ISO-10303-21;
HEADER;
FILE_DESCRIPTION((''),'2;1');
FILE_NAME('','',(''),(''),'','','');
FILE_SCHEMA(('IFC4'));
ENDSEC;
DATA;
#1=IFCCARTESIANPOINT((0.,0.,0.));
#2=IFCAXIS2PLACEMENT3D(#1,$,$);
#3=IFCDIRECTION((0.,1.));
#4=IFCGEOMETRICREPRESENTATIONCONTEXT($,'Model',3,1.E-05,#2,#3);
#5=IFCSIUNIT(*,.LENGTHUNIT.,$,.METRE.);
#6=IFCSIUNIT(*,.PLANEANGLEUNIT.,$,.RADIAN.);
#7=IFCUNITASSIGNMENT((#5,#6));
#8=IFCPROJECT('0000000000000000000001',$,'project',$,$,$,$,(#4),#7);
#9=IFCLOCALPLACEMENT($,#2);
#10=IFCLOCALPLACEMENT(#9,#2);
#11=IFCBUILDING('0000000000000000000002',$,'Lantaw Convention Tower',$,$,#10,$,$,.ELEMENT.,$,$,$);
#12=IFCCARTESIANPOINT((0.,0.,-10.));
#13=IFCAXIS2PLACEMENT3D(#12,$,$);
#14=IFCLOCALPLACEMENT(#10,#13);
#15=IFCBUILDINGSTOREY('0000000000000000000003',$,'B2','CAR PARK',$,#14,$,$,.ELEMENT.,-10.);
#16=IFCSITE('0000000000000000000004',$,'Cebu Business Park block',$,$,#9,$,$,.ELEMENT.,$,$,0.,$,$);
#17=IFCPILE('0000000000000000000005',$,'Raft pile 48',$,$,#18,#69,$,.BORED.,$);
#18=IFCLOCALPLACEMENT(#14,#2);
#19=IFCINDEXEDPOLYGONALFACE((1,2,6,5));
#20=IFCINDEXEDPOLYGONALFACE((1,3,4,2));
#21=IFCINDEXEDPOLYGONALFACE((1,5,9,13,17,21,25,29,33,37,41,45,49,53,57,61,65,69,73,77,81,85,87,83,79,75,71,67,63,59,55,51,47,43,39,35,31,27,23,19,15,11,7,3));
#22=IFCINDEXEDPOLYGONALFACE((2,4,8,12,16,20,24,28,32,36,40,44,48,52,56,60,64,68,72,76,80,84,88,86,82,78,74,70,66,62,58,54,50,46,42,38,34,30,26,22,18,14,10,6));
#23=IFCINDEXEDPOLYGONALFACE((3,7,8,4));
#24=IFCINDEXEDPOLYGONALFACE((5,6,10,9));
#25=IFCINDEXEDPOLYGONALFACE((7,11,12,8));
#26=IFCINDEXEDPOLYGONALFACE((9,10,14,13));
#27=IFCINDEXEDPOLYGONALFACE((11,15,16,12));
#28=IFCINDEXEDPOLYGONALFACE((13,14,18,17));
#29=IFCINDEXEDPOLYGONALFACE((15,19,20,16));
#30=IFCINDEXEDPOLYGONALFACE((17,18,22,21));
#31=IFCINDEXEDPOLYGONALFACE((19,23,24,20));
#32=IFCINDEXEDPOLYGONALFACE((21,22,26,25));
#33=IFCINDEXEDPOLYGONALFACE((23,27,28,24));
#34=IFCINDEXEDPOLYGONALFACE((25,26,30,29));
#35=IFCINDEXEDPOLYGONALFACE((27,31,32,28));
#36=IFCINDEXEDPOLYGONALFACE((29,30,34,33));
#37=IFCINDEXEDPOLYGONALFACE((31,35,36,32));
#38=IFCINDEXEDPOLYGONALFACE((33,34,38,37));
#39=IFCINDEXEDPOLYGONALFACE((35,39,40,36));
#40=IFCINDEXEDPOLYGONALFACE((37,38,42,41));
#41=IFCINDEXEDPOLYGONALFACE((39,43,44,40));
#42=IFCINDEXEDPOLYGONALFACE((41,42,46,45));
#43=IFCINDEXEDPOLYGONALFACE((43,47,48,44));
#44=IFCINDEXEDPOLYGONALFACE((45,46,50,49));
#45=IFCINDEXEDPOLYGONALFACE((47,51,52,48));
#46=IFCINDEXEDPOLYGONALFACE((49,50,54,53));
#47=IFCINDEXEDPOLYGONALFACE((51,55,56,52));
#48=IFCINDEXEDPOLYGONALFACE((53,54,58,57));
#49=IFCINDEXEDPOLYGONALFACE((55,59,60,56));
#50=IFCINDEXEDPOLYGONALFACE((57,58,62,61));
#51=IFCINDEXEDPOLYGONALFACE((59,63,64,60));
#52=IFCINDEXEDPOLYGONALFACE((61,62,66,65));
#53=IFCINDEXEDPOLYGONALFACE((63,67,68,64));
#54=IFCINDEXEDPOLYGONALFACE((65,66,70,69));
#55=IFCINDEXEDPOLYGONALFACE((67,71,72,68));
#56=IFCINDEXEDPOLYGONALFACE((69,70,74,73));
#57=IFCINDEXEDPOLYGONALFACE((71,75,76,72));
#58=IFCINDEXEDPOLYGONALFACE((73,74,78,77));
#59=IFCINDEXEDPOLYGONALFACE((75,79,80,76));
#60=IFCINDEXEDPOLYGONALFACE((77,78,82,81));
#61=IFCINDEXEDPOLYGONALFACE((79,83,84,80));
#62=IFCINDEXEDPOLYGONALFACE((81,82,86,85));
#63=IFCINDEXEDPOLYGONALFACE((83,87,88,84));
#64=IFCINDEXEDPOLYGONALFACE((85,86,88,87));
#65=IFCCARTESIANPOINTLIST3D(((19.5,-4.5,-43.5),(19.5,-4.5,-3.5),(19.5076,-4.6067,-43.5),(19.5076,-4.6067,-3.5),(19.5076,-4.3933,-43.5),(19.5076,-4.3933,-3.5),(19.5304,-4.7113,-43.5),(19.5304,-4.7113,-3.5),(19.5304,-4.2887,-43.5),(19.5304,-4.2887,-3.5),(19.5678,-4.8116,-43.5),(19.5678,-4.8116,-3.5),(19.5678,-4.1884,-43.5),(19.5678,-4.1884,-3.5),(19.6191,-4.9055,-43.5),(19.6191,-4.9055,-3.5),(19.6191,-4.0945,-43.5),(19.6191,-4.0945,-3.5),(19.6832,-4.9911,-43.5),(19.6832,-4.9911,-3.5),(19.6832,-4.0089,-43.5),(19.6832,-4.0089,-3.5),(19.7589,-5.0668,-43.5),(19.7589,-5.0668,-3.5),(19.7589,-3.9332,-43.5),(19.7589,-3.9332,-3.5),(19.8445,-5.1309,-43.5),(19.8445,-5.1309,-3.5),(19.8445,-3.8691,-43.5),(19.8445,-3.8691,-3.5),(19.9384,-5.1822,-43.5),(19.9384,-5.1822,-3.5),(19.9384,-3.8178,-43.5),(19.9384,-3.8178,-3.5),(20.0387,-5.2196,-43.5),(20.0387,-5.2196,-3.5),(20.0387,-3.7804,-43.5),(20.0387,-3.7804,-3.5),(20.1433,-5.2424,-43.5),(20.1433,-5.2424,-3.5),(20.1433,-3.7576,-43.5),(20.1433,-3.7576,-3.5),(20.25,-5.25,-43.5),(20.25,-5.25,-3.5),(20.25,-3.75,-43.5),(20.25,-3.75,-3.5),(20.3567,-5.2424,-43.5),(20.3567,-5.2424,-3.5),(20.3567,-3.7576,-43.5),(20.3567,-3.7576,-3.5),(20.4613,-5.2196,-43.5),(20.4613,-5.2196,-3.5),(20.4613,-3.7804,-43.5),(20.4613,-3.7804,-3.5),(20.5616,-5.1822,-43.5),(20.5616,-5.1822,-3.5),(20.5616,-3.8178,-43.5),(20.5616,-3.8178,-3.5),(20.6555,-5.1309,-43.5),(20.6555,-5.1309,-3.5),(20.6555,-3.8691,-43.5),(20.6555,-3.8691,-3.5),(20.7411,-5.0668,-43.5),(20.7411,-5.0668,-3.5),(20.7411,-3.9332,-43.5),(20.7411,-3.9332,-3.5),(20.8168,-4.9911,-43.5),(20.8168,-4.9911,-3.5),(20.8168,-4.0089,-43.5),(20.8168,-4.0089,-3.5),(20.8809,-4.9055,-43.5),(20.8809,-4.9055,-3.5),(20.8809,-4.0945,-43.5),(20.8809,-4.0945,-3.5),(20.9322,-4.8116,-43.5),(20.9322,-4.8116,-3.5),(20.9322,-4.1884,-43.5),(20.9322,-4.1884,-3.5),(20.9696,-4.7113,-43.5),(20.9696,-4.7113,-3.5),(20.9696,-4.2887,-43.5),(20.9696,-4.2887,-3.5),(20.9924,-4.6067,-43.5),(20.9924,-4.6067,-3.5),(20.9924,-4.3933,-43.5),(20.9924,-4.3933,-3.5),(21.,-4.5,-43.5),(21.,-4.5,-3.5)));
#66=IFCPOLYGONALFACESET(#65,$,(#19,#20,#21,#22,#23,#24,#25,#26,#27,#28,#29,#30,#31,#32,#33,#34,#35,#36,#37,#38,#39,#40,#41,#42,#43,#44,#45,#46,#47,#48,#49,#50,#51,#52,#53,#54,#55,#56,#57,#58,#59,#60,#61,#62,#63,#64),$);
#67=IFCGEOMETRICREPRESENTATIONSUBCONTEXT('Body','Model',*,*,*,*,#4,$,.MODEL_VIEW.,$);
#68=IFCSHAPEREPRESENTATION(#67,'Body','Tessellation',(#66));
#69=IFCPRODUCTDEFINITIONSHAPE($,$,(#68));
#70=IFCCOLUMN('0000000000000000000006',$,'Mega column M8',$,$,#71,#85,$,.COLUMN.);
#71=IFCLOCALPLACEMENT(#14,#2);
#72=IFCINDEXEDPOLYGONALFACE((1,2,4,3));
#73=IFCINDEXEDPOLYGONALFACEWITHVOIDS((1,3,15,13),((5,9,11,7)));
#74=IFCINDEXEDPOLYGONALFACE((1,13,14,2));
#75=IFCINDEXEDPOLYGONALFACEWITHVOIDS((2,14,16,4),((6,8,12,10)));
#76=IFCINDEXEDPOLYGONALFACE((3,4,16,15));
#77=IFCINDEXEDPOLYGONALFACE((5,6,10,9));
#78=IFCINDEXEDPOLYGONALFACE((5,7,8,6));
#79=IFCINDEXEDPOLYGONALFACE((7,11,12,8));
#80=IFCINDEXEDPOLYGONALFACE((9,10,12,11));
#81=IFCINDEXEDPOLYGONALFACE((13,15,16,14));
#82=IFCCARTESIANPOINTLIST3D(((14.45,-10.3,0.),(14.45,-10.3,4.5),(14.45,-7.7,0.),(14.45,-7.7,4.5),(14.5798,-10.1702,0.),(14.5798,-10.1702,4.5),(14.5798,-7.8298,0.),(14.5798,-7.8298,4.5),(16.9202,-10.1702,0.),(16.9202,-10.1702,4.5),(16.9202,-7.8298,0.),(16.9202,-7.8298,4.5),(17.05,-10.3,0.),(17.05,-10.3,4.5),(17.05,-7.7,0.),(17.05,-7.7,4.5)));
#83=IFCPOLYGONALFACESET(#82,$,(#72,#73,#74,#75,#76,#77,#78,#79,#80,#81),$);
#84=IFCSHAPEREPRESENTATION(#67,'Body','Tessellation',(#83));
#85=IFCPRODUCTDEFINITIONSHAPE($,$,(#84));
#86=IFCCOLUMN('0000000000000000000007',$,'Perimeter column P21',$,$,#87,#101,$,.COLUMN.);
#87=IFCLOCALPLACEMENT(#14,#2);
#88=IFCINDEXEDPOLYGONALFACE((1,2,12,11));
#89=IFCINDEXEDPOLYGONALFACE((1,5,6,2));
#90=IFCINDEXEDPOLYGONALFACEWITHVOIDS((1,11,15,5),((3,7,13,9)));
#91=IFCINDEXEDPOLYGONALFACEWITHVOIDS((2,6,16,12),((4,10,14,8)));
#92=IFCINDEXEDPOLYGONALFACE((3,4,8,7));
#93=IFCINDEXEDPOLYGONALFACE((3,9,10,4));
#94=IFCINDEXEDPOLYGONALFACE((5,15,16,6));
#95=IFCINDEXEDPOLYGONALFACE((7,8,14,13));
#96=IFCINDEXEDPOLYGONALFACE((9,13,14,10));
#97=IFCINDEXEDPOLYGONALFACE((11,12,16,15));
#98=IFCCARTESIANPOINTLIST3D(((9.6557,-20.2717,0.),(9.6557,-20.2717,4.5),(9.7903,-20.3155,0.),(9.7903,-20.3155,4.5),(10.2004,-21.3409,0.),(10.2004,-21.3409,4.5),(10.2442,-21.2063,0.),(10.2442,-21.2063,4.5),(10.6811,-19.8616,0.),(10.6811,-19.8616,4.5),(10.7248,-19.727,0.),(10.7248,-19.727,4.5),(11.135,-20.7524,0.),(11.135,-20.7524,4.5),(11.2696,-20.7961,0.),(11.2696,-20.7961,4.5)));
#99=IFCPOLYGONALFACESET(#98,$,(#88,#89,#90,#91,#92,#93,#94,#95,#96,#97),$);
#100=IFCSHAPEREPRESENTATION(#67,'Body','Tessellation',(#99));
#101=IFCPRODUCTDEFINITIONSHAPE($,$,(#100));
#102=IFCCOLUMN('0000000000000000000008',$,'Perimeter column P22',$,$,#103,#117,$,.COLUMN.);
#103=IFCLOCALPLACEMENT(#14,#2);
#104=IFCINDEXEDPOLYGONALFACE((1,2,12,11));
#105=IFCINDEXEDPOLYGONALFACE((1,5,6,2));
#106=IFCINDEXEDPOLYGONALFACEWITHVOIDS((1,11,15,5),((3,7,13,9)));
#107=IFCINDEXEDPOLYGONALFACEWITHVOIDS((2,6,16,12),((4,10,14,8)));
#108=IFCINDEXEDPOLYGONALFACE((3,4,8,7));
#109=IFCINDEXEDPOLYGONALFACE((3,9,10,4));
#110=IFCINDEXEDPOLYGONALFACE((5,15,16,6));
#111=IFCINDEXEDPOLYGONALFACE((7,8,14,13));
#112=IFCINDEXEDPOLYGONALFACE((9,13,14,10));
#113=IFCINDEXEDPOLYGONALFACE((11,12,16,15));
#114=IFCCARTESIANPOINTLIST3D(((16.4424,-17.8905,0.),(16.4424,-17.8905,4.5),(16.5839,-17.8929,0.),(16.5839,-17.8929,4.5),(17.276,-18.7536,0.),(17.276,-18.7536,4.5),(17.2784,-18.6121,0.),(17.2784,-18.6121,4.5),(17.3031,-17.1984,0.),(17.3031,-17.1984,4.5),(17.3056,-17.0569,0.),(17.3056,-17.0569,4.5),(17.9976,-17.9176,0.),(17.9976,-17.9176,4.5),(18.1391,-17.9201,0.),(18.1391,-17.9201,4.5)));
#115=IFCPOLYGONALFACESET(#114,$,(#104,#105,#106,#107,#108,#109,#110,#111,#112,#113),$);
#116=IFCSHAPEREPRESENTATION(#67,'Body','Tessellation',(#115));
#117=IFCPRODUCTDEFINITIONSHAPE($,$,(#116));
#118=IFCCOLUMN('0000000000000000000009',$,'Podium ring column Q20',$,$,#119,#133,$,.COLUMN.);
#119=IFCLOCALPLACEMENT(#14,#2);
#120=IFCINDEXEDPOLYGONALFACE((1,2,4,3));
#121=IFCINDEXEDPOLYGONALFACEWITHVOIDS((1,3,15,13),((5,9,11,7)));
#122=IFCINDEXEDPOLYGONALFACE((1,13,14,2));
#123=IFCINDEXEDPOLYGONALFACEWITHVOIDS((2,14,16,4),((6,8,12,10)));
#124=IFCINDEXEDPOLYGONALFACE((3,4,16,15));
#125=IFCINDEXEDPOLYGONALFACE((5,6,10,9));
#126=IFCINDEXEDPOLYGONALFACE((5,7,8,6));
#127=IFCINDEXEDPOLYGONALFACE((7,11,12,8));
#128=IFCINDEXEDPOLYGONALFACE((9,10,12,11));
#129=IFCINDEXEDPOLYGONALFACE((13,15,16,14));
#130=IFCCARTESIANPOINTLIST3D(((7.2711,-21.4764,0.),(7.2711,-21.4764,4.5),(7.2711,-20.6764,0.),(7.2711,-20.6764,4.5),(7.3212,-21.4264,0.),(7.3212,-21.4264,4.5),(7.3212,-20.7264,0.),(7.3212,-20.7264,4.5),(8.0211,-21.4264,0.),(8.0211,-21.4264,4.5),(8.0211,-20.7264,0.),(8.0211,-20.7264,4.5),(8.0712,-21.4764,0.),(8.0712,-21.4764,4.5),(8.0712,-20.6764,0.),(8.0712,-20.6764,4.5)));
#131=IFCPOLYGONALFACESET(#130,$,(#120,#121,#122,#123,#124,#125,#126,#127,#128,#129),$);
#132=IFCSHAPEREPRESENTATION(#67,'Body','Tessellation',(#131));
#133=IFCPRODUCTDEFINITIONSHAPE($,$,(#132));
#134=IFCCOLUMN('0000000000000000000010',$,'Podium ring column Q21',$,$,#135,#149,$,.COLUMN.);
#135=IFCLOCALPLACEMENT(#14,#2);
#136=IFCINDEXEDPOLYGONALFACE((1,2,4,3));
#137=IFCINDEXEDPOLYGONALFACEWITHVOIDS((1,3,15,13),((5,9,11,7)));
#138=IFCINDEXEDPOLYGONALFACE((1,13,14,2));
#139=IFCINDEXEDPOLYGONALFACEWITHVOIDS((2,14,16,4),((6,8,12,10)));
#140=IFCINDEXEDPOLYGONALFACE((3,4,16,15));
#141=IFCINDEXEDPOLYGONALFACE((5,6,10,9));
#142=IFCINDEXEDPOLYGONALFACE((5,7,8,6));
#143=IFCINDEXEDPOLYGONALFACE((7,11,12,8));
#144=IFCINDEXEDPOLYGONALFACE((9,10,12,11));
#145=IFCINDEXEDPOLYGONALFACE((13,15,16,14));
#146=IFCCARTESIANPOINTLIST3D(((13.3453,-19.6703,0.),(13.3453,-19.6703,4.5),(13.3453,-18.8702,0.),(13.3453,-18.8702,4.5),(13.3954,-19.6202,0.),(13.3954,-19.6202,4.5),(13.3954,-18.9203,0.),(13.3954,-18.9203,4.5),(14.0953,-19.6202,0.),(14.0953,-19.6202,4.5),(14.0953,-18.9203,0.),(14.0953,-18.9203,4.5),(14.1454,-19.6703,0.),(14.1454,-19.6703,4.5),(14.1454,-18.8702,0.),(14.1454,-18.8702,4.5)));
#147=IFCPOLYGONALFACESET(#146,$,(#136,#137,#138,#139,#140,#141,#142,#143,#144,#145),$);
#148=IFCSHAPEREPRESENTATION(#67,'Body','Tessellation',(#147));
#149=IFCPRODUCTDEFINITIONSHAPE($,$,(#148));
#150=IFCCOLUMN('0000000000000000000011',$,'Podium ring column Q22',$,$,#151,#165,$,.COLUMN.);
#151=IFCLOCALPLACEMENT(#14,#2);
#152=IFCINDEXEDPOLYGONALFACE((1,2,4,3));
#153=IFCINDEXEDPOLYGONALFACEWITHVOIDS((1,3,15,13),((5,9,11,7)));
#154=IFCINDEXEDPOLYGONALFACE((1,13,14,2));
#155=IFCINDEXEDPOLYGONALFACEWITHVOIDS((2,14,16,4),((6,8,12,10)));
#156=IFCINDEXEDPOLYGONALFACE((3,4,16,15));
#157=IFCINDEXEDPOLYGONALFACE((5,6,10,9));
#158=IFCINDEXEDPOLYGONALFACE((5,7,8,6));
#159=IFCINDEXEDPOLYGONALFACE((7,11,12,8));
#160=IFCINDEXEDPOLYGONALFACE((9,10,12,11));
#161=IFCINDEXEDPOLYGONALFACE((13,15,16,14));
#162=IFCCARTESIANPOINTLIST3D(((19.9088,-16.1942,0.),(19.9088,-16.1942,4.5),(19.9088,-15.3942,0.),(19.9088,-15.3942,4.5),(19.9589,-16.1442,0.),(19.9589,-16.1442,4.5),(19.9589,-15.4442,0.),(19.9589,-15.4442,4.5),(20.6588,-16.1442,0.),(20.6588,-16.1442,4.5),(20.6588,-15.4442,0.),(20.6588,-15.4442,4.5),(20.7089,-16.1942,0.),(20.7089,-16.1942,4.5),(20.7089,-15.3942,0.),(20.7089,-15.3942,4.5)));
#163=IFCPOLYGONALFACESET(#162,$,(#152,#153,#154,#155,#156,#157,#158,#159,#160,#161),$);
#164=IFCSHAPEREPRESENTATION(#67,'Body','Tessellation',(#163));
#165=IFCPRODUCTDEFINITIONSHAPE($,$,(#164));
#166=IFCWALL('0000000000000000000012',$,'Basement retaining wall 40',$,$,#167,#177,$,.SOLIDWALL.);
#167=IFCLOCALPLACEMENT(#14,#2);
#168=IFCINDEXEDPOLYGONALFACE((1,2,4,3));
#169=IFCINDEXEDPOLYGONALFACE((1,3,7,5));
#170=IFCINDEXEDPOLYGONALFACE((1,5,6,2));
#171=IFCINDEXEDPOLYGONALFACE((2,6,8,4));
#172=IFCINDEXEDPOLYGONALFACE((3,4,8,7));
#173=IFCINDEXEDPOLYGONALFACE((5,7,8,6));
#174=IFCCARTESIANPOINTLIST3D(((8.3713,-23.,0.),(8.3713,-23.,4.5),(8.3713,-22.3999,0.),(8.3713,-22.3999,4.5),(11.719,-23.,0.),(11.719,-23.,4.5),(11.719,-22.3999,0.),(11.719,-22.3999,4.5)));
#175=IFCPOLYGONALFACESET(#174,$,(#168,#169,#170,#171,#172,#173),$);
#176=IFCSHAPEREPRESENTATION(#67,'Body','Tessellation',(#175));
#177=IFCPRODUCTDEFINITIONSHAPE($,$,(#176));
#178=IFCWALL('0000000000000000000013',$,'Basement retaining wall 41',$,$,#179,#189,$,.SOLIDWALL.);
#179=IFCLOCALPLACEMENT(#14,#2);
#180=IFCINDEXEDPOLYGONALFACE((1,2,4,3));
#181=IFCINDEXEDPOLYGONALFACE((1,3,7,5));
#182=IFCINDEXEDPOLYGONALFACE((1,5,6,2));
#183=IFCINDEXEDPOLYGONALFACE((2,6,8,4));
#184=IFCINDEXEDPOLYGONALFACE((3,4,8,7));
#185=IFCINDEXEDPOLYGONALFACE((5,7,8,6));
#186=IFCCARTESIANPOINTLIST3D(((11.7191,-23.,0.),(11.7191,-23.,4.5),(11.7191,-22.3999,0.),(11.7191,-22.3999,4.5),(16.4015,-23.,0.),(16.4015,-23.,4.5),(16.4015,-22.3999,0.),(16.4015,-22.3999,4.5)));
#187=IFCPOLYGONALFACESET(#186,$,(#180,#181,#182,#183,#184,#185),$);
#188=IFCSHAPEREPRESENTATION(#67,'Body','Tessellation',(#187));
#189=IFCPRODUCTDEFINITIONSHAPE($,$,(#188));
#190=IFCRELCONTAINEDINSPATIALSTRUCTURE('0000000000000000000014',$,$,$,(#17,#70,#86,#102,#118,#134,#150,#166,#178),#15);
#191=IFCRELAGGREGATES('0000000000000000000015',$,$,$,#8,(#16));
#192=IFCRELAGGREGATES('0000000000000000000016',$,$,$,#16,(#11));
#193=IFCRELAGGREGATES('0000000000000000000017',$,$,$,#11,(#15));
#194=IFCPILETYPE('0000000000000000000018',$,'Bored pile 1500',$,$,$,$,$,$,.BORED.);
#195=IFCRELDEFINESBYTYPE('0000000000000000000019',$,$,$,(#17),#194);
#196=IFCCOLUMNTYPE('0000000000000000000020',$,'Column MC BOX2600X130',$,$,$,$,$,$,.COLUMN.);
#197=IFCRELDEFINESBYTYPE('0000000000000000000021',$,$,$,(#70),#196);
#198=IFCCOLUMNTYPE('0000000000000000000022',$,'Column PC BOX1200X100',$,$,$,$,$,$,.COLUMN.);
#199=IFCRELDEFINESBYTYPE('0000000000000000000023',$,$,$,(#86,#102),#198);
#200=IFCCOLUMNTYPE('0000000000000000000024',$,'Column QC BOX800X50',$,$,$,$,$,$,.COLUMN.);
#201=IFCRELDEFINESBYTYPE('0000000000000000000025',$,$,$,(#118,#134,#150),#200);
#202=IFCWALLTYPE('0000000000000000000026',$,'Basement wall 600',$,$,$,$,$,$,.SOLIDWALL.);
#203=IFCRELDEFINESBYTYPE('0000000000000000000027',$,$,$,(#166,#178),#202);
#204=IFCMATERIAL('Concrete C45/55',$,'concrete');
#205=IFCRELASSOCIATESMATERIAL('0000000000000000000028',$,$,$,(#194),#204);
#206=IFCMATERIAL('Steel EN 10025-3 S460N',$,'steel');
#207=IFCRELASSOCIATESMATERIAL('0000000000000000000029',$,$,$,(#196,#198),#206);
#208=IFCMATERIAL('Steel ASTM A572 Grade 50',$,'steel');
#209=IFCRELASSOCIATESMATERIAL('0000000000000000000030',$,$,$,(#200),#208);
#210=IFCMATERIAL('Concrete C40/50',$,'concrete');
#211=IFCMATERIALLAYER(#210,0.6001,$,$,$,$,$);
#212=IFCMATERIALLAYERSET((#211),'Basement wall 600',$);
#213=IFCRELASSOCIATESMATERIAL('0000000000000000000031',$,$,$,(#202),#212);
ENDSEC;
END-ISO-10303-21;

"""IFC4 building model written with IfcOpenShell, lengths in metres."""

from ifc_helpers import new_model, si_unit, direction, frame, frame_2d, origin, origin_2d, place, context, subcontext, project, spatial, rectangle, hollow_rectangle, circle, extrude, material, layer, layer_set, material_profile, profile_set, type_object, element, save


model = new_model("IFC4")

# Units and contexts
model_context = context("Model", 3, precision=1e-05, world=origin(), true_north=direction((0.0, 1.0)))
body_context = subcontext(model_context, "Body", "Model", "MODEL_VIEW")
ifc_project = project(units=[si_unit("LENGTHUNIT", "METRE"), si_unit("PLANEANGLEUNIT", "RADIAN")], contexts=[model_context])

# Site, building, storey
site_placement = place(None, origin())
site = spatial("IfcSite", under=ifc_project, at=site_placement, Name="Cebu Business Park block", CompositionType="ELEMENT", RefElevation=0.0)
building_placement = place(site_placement, origin())
building = spatial("IfcBuilding", under=site, at=building_placement, Name="Lantaw Convention Tower", CompositionType="ELEMENT")
storey_placement = place(building_placement, frame((0.0, 0.0, -10.0)))
storey = spatial("IfcBuildingStorey", under=building, at=storey_placement, Name="B2", Description="CAR PARK", CompositionType="ELEMENT", Elevation=-10.0)

# Pile
ifc_material_1 = material(Name="Concrete C45/55", Category="concrete")
ifc_material_profile_1 = material_profile(ifc_material_1, circle(Radius=0.75, at=origin_2d()), Name="Bored pile 1500")
ifc_profile_set_1 = profile_set([ifc_material_profile_1], Name="Concrete C45/55")
pile_type_1 = type_object("IfcPileType", Name="Bored pile 1500", PredefinedType="BORED", material=ifc_profile_set_1)
for number, where, z_axis, x_axis, name in (
    (1, (20.25, -4.5, -3.5), (0.0, 0.0, -1.0), (1.0, 0.0, 0.0), "Raft pile 48"),
):
    element("IfcPile", number, at=place(storey_placement, frame(where, z_axis=z_axis, x_axis=x_axis)), inside=storey, type_object=pile_type_1, Name=name, PredefinedType="BORED", context=body_context, shape_type="SweptSolid", body=[
        extrude(circle(Radius=0.75, at=origin_2d()), origin(), (0.0, 0.0, 1.0), 40.0),
    ])

# Columns
ifc_material_2 = material(Name="Steel EN 10025-3 S460N", Category="steel")
ifc_material_profile_2 = material_profile(ifc_material_2, hollow_rectangle(XDim=2.6001, YDim=2.6001, WallThickness=0.1299, at=origin_2d()), Name="BOX2600X130")
ifc_material_3 = material(Name="Concrete C60/75", Category="concrete")
ifc_material_profile_3 = material_profile(ifc_material_3, rectangle(XDim=2.3401, YDim=2.3401, at=origin_2d()), Name="Concrete fill of BOX2600X130")
ifc_profile_set_2 = profile_set([ifc_material_profile_2, ifc_material_profile_3], Name="Steel EN 10025-3 S460N")
column_type_1 = type_object("IfcColumnType", Name="Column MC BOX2600X130", PredefinedType="COLUMN", material=ifc_profile_set_2)
column_placement = place(storey_placement, frame((15.75, -9.0, 0.0), z_axis=(0.0, 0.0, 1.0), x_axis=(1.0, 0.0, 0.0)))
element("IfcColumn", 2, at=column_placement, inside=storey, type_object=column_type_1, Name="Mega column M8", PredefinedType="COLUMN", context=body_context, shape_type="SweptSolid", body=[
    extrude(hollow_rectangle(XDim=2.6001, YDim=2.6001, WallThickness=0.1299, at=origin_2d()), origin(), (0.0, 0.0, 1.0), 4.5),
])
ifc_material_profile_4 = material_profile(ifc_material_2, hollow_rectangle(XDim=1.2, YDim=1.2, WallThickness=0.1001, at=origin_2d()), Name="BOX1200X100")
ifc_material_profile_5 = material_profile(ifc_material_3, rectangle(XDim=1.0, YDim=1.0, at=origin_2d()), Name="Concrete fill of BOX1200X100")
ifc_profile_set_3 = profile_set([ifc_material_profile_4, ifc_material_profile_5], Name="Steel EN 10025-3 S460N")
column_type_2 = type_object("IfcColumnType", Name="Column PC BOX1200X100", PredefinedType="COLUMN", material=ifc_profile_set_3)
for number, where, z_axis, x_axis, name in (
    (3, (10.4626, -20.5339, 0.0), (0.0, 0.0, 1.0), (0.891007, 0.45399, 0.0), "Perimeter column P21"),
    (4, (17.2908, -17.9053, 0.0), (0.0, 0.0, 1.0), (0.71934, 0.694658, 0.0), "Perimeter column P22"),
):
    element("IfcColumn", number, at=place(storey_placement, frame(where, z_axis=z_axis, x_axis=x_axis)), inside=storey, type_object=column_type_2, Name=name, PredefinedType="COLUMN", context=body_context, shape_type="SweptSolid", body=[
        extrude(hollow_rectangle(XDim=1.2, YDim=1.2, WallThickness=0.1001, at=origin_2d()), origin(), (0.0, 0.0, 1.0), 4.5),
    ])
ifc_material_4 = material(Name="Steel ASTM A572 Grade 50", Category="steel")
ifc_material_profile_6 = material_profile(ifc_material_4, hollow_rectangle(XDim=0.8, YDim=0.8, WallThickness=0.05, at=origin_2d()), Name="BOX800X50")
ifc_profile_set_4 = profile_set([ifc_material_profile_6], Name="Steel ASTM A572 Grade 50")
column_type_3 = type_object("IfcColumnType", Name="Column QC BOX800X50", PredefinedType="COLUMN", material=ifc_profile_set_4)
for number, where, z_axis, x_axis, name in (
    (5, (7.6711, -21.0764, 0.0), (0.0, 0.0, 1.0), (1.0, 0.0, 0.0), "Podium ring column Q20"),
    (6, (13.7454, -19.2703, 0.0), (0.0, 0.0, 1.0), (1.0, 0.0, 0.0), "Podium ring column Q21"),
    (7, (20.3088, -15.7942, 0.0), (0.0, 0.0, 1.0), (1.0, 0.0, 0.0), "Podium ring column Q22"),
):
    element("IfcColumn", number, at=place(storey_placement, frame(where, z_axis=z_axis, x_axis=x_axis)), inside=storey, type_object=column_type_3, Name=name, PredefinedType="COLUMN", context=body_context, shape_type="SweptSolid", body=[
        extrude(hollow_rectangle(XDim=0.8, YDim=0.8, WallThickness=0.05, at=origin_2d()), origin(), (0.0, 0.0, 1.0), 4.5),
    ])

# Walls
ifc_material_5 = material(Name="Concrete C40/50", Category="concrete")
ifc_layer_1 = layer(ifc_material_5, 0.6001)
ifc_layer_set_1 = layer_set([ifc_layer_1], Name="Basement wall 600")
wall_type_1 = type_object("IfcWallType", Name="Basement wall 600", PredefinedType="SOLIDWALL", material=ifc_layer_set_1)
wall_1_placement = place(storey_placement, frame((8.3713, -22.7, 0.0), z_axis=(0.0, 0.0, 1.0), x_axis=(1.0, 0.0, 0.0)))
element("IfcWall", 8, at=wall_1_placement, inside=storey, type_object=wall_type_1, Name="Basement retaining wall 40", PredefinedType="SOLIDWALL", context=body_context, shape_type="SweptSolid", body=[
    extrude(rectangle(XDim=3.3477, YDim=0.6001, at=frame_2d((1.6738, 0.0))), origin(), (0.0, 0.0, 1.0), 4.5),
])
wall_2_placement = place(storey_placement, frame((11.719, -22.7, 0.0), z_axis=(0.0, 0.0, 1.0), x_axis=(1.0, 0.0, 0.0)))
element("IfcWall", 9, at=wall_2_placement, inside=storey, type_object=wall_type_1, Name="Basement retaining wall 41", PredefinedType="SOLIDWALL", context=body_context, shape_type="SweptSolid", body=[
    extrude(rectangle(XDim=4.6824, YDim=0.6001, at=frame_2d((2.3413, 0.0))), origin(), (0.0, 0.0, 1.0), 4.5),
])

save(model, "model.ifc")
